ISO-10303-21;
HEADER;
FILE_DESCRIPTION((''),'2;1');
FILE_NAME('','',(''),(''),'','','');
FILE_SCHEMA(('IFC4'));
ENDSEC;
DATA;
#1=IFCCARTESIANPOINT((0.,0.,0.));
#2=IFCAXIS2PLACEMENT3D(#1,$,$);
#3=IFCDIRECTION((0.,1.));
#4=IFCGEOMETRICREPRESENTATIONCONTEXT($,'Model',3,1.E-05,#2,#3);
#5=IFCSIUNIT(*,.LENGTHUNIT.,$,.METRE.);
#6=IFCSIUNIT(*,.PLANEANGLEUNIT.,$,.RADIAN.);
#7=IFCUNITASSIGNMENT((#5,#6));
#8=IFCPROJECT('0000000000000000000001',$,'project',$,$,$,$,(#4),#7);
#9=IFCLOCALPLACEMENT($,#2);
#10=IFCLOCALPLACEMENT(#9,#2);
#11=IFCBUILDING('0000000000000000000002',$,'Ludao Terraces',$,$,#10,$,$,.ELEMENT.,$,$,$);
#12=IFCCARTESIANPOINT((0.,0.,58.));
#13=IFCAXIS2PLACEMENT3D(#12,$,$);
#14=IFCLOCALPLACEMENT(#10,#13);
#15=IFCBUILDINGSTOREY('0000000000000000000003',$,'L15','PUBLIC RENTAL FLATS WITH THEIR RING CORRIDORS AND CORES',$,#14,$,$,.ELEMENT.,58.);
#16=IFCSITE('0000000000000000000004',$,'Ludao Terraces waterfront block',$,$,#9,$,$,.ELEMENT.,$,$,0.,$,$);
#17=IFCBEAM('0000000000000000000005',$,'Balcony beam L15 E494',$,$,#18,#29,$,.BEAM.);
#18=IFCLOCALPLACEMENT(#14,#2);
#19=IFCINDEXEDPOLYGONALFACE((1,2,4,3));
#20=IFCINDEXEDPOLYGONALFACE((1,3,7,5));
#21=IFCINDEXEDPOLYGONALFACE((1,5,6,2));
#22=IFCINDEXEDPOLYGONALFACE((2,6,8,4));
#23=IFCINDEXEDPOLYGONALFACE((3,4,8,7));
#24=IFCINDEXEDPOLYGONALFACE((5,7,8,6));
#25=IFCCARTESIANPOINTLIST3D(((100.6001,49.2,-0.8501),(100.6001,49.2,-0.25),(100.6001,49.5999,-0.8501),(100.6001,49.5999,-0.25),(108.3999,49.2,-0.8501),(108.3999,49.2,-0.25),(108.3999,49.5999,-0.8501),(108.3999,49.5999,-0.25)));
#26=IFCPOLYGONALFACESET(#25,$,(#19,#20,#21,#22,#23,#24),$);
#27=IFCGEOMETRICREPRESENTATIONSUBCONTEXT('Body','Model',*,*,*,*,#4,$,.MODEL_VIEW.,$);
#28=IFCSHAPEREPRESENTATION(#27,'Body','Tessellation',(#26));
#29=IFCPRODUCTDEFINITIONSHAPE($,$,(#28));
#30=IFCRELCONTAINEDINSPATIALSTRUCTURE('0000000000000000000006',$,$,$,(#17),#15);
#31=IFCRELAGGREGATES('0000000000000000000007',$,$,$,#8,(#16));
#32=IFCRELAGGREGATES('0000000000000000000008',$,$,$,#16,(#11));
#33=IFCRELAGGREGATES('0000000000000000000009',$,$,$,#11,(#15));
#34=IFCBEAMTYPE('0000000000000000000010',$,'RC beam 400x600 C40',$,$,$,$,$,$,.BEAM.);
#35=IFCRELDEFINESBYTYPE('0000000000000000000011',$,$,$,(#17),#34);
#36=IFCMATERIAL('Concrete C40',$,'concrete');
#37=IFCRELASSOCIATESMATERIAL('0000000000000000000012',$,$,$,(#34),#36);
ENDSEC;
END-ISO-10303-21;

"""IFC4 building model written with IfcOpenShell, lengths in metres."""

from ifc_helpers import new_model, si_unit, direction, frame, origin, origin_2d, place, context, subcontext, project, spatial, rectangle, extrude, material, material_profile, profile_set, type_object, element, save


model = new_model("IFC4")

# Units and contexts
model_context = context("Model", 3, precision=1e-05, world=origin(), true_north=direction((0.0, 1.0)))
body_context = subcontext(model_context, "Body", "Model", "MODEL_VIEW")
ifc_project = project(units=[si_unit("LENGTHUNIT", "METRE"), si_unit("PLANEANGLEUNIT", "RADIAN")], contexts=[model_context])

# Site, building, storey
site_placement = place(None, origin())
site = spatial("IfcSite", under=ifc_project, at=site_placement, Name="Ludao Terraces waterfront block", CompositionType="ELEMENT", RefElevation=0.0)
building_placement = place(site_placement, origin())
building = spatial("IfcBuilding", under=site, at=building_placement, Name="Ludao Terraces", CompositionType="ELEMENT")
storey_placement = place(building_placement, frame((0.0, 0.0, 58.0)))
storey = spatial("IfcBuildingStorey", under=building, at=storey_placement, Name="L15", Description="PUBLIC RENTAL FLATS WITH THEIR RING CORRIDORS AND CORES", CompositionType="ELEMENT", Elevation=58.0)

# Beam
ifc_material_1 = material(Name="Concrete C40", Category="concrete")
ifc_material_profile = material_profile(ifc_material_1, rectangle(XDim=0.3999, YDim=0.6001, at=origin_2d()), Name="400 X 600")
ifc_profile_set = profile_set([ifc_material_profile], Name="Concrete C40")
beam_type = type_object("IfcBeamType", Name="RC beam 400x600 C40", PredefinedType="BEAM", material=ifc_profile_set)
beam_placement = place(storey_placement, frame((100.6001, 49.3999, -0.55), z_axis=(1.0, 0.0, 0.0), x_axis=(0.0, 1.0, 0.0)))
element("IfcBeam", 1, at=beam_placement, inside=storey, type_object=beam_type, Name="Balcony beam L15 E494", PredefinedType="BEAM", context=body_context, shape_type="SweptSolid", body=[
    extrude(rectangle(XDim=0.3999, YDim=0.6001, at=origin_2d()), origin(), (0.0, 0.0, 1.0), 7.7998),
])

save(model, "model.ifc")
